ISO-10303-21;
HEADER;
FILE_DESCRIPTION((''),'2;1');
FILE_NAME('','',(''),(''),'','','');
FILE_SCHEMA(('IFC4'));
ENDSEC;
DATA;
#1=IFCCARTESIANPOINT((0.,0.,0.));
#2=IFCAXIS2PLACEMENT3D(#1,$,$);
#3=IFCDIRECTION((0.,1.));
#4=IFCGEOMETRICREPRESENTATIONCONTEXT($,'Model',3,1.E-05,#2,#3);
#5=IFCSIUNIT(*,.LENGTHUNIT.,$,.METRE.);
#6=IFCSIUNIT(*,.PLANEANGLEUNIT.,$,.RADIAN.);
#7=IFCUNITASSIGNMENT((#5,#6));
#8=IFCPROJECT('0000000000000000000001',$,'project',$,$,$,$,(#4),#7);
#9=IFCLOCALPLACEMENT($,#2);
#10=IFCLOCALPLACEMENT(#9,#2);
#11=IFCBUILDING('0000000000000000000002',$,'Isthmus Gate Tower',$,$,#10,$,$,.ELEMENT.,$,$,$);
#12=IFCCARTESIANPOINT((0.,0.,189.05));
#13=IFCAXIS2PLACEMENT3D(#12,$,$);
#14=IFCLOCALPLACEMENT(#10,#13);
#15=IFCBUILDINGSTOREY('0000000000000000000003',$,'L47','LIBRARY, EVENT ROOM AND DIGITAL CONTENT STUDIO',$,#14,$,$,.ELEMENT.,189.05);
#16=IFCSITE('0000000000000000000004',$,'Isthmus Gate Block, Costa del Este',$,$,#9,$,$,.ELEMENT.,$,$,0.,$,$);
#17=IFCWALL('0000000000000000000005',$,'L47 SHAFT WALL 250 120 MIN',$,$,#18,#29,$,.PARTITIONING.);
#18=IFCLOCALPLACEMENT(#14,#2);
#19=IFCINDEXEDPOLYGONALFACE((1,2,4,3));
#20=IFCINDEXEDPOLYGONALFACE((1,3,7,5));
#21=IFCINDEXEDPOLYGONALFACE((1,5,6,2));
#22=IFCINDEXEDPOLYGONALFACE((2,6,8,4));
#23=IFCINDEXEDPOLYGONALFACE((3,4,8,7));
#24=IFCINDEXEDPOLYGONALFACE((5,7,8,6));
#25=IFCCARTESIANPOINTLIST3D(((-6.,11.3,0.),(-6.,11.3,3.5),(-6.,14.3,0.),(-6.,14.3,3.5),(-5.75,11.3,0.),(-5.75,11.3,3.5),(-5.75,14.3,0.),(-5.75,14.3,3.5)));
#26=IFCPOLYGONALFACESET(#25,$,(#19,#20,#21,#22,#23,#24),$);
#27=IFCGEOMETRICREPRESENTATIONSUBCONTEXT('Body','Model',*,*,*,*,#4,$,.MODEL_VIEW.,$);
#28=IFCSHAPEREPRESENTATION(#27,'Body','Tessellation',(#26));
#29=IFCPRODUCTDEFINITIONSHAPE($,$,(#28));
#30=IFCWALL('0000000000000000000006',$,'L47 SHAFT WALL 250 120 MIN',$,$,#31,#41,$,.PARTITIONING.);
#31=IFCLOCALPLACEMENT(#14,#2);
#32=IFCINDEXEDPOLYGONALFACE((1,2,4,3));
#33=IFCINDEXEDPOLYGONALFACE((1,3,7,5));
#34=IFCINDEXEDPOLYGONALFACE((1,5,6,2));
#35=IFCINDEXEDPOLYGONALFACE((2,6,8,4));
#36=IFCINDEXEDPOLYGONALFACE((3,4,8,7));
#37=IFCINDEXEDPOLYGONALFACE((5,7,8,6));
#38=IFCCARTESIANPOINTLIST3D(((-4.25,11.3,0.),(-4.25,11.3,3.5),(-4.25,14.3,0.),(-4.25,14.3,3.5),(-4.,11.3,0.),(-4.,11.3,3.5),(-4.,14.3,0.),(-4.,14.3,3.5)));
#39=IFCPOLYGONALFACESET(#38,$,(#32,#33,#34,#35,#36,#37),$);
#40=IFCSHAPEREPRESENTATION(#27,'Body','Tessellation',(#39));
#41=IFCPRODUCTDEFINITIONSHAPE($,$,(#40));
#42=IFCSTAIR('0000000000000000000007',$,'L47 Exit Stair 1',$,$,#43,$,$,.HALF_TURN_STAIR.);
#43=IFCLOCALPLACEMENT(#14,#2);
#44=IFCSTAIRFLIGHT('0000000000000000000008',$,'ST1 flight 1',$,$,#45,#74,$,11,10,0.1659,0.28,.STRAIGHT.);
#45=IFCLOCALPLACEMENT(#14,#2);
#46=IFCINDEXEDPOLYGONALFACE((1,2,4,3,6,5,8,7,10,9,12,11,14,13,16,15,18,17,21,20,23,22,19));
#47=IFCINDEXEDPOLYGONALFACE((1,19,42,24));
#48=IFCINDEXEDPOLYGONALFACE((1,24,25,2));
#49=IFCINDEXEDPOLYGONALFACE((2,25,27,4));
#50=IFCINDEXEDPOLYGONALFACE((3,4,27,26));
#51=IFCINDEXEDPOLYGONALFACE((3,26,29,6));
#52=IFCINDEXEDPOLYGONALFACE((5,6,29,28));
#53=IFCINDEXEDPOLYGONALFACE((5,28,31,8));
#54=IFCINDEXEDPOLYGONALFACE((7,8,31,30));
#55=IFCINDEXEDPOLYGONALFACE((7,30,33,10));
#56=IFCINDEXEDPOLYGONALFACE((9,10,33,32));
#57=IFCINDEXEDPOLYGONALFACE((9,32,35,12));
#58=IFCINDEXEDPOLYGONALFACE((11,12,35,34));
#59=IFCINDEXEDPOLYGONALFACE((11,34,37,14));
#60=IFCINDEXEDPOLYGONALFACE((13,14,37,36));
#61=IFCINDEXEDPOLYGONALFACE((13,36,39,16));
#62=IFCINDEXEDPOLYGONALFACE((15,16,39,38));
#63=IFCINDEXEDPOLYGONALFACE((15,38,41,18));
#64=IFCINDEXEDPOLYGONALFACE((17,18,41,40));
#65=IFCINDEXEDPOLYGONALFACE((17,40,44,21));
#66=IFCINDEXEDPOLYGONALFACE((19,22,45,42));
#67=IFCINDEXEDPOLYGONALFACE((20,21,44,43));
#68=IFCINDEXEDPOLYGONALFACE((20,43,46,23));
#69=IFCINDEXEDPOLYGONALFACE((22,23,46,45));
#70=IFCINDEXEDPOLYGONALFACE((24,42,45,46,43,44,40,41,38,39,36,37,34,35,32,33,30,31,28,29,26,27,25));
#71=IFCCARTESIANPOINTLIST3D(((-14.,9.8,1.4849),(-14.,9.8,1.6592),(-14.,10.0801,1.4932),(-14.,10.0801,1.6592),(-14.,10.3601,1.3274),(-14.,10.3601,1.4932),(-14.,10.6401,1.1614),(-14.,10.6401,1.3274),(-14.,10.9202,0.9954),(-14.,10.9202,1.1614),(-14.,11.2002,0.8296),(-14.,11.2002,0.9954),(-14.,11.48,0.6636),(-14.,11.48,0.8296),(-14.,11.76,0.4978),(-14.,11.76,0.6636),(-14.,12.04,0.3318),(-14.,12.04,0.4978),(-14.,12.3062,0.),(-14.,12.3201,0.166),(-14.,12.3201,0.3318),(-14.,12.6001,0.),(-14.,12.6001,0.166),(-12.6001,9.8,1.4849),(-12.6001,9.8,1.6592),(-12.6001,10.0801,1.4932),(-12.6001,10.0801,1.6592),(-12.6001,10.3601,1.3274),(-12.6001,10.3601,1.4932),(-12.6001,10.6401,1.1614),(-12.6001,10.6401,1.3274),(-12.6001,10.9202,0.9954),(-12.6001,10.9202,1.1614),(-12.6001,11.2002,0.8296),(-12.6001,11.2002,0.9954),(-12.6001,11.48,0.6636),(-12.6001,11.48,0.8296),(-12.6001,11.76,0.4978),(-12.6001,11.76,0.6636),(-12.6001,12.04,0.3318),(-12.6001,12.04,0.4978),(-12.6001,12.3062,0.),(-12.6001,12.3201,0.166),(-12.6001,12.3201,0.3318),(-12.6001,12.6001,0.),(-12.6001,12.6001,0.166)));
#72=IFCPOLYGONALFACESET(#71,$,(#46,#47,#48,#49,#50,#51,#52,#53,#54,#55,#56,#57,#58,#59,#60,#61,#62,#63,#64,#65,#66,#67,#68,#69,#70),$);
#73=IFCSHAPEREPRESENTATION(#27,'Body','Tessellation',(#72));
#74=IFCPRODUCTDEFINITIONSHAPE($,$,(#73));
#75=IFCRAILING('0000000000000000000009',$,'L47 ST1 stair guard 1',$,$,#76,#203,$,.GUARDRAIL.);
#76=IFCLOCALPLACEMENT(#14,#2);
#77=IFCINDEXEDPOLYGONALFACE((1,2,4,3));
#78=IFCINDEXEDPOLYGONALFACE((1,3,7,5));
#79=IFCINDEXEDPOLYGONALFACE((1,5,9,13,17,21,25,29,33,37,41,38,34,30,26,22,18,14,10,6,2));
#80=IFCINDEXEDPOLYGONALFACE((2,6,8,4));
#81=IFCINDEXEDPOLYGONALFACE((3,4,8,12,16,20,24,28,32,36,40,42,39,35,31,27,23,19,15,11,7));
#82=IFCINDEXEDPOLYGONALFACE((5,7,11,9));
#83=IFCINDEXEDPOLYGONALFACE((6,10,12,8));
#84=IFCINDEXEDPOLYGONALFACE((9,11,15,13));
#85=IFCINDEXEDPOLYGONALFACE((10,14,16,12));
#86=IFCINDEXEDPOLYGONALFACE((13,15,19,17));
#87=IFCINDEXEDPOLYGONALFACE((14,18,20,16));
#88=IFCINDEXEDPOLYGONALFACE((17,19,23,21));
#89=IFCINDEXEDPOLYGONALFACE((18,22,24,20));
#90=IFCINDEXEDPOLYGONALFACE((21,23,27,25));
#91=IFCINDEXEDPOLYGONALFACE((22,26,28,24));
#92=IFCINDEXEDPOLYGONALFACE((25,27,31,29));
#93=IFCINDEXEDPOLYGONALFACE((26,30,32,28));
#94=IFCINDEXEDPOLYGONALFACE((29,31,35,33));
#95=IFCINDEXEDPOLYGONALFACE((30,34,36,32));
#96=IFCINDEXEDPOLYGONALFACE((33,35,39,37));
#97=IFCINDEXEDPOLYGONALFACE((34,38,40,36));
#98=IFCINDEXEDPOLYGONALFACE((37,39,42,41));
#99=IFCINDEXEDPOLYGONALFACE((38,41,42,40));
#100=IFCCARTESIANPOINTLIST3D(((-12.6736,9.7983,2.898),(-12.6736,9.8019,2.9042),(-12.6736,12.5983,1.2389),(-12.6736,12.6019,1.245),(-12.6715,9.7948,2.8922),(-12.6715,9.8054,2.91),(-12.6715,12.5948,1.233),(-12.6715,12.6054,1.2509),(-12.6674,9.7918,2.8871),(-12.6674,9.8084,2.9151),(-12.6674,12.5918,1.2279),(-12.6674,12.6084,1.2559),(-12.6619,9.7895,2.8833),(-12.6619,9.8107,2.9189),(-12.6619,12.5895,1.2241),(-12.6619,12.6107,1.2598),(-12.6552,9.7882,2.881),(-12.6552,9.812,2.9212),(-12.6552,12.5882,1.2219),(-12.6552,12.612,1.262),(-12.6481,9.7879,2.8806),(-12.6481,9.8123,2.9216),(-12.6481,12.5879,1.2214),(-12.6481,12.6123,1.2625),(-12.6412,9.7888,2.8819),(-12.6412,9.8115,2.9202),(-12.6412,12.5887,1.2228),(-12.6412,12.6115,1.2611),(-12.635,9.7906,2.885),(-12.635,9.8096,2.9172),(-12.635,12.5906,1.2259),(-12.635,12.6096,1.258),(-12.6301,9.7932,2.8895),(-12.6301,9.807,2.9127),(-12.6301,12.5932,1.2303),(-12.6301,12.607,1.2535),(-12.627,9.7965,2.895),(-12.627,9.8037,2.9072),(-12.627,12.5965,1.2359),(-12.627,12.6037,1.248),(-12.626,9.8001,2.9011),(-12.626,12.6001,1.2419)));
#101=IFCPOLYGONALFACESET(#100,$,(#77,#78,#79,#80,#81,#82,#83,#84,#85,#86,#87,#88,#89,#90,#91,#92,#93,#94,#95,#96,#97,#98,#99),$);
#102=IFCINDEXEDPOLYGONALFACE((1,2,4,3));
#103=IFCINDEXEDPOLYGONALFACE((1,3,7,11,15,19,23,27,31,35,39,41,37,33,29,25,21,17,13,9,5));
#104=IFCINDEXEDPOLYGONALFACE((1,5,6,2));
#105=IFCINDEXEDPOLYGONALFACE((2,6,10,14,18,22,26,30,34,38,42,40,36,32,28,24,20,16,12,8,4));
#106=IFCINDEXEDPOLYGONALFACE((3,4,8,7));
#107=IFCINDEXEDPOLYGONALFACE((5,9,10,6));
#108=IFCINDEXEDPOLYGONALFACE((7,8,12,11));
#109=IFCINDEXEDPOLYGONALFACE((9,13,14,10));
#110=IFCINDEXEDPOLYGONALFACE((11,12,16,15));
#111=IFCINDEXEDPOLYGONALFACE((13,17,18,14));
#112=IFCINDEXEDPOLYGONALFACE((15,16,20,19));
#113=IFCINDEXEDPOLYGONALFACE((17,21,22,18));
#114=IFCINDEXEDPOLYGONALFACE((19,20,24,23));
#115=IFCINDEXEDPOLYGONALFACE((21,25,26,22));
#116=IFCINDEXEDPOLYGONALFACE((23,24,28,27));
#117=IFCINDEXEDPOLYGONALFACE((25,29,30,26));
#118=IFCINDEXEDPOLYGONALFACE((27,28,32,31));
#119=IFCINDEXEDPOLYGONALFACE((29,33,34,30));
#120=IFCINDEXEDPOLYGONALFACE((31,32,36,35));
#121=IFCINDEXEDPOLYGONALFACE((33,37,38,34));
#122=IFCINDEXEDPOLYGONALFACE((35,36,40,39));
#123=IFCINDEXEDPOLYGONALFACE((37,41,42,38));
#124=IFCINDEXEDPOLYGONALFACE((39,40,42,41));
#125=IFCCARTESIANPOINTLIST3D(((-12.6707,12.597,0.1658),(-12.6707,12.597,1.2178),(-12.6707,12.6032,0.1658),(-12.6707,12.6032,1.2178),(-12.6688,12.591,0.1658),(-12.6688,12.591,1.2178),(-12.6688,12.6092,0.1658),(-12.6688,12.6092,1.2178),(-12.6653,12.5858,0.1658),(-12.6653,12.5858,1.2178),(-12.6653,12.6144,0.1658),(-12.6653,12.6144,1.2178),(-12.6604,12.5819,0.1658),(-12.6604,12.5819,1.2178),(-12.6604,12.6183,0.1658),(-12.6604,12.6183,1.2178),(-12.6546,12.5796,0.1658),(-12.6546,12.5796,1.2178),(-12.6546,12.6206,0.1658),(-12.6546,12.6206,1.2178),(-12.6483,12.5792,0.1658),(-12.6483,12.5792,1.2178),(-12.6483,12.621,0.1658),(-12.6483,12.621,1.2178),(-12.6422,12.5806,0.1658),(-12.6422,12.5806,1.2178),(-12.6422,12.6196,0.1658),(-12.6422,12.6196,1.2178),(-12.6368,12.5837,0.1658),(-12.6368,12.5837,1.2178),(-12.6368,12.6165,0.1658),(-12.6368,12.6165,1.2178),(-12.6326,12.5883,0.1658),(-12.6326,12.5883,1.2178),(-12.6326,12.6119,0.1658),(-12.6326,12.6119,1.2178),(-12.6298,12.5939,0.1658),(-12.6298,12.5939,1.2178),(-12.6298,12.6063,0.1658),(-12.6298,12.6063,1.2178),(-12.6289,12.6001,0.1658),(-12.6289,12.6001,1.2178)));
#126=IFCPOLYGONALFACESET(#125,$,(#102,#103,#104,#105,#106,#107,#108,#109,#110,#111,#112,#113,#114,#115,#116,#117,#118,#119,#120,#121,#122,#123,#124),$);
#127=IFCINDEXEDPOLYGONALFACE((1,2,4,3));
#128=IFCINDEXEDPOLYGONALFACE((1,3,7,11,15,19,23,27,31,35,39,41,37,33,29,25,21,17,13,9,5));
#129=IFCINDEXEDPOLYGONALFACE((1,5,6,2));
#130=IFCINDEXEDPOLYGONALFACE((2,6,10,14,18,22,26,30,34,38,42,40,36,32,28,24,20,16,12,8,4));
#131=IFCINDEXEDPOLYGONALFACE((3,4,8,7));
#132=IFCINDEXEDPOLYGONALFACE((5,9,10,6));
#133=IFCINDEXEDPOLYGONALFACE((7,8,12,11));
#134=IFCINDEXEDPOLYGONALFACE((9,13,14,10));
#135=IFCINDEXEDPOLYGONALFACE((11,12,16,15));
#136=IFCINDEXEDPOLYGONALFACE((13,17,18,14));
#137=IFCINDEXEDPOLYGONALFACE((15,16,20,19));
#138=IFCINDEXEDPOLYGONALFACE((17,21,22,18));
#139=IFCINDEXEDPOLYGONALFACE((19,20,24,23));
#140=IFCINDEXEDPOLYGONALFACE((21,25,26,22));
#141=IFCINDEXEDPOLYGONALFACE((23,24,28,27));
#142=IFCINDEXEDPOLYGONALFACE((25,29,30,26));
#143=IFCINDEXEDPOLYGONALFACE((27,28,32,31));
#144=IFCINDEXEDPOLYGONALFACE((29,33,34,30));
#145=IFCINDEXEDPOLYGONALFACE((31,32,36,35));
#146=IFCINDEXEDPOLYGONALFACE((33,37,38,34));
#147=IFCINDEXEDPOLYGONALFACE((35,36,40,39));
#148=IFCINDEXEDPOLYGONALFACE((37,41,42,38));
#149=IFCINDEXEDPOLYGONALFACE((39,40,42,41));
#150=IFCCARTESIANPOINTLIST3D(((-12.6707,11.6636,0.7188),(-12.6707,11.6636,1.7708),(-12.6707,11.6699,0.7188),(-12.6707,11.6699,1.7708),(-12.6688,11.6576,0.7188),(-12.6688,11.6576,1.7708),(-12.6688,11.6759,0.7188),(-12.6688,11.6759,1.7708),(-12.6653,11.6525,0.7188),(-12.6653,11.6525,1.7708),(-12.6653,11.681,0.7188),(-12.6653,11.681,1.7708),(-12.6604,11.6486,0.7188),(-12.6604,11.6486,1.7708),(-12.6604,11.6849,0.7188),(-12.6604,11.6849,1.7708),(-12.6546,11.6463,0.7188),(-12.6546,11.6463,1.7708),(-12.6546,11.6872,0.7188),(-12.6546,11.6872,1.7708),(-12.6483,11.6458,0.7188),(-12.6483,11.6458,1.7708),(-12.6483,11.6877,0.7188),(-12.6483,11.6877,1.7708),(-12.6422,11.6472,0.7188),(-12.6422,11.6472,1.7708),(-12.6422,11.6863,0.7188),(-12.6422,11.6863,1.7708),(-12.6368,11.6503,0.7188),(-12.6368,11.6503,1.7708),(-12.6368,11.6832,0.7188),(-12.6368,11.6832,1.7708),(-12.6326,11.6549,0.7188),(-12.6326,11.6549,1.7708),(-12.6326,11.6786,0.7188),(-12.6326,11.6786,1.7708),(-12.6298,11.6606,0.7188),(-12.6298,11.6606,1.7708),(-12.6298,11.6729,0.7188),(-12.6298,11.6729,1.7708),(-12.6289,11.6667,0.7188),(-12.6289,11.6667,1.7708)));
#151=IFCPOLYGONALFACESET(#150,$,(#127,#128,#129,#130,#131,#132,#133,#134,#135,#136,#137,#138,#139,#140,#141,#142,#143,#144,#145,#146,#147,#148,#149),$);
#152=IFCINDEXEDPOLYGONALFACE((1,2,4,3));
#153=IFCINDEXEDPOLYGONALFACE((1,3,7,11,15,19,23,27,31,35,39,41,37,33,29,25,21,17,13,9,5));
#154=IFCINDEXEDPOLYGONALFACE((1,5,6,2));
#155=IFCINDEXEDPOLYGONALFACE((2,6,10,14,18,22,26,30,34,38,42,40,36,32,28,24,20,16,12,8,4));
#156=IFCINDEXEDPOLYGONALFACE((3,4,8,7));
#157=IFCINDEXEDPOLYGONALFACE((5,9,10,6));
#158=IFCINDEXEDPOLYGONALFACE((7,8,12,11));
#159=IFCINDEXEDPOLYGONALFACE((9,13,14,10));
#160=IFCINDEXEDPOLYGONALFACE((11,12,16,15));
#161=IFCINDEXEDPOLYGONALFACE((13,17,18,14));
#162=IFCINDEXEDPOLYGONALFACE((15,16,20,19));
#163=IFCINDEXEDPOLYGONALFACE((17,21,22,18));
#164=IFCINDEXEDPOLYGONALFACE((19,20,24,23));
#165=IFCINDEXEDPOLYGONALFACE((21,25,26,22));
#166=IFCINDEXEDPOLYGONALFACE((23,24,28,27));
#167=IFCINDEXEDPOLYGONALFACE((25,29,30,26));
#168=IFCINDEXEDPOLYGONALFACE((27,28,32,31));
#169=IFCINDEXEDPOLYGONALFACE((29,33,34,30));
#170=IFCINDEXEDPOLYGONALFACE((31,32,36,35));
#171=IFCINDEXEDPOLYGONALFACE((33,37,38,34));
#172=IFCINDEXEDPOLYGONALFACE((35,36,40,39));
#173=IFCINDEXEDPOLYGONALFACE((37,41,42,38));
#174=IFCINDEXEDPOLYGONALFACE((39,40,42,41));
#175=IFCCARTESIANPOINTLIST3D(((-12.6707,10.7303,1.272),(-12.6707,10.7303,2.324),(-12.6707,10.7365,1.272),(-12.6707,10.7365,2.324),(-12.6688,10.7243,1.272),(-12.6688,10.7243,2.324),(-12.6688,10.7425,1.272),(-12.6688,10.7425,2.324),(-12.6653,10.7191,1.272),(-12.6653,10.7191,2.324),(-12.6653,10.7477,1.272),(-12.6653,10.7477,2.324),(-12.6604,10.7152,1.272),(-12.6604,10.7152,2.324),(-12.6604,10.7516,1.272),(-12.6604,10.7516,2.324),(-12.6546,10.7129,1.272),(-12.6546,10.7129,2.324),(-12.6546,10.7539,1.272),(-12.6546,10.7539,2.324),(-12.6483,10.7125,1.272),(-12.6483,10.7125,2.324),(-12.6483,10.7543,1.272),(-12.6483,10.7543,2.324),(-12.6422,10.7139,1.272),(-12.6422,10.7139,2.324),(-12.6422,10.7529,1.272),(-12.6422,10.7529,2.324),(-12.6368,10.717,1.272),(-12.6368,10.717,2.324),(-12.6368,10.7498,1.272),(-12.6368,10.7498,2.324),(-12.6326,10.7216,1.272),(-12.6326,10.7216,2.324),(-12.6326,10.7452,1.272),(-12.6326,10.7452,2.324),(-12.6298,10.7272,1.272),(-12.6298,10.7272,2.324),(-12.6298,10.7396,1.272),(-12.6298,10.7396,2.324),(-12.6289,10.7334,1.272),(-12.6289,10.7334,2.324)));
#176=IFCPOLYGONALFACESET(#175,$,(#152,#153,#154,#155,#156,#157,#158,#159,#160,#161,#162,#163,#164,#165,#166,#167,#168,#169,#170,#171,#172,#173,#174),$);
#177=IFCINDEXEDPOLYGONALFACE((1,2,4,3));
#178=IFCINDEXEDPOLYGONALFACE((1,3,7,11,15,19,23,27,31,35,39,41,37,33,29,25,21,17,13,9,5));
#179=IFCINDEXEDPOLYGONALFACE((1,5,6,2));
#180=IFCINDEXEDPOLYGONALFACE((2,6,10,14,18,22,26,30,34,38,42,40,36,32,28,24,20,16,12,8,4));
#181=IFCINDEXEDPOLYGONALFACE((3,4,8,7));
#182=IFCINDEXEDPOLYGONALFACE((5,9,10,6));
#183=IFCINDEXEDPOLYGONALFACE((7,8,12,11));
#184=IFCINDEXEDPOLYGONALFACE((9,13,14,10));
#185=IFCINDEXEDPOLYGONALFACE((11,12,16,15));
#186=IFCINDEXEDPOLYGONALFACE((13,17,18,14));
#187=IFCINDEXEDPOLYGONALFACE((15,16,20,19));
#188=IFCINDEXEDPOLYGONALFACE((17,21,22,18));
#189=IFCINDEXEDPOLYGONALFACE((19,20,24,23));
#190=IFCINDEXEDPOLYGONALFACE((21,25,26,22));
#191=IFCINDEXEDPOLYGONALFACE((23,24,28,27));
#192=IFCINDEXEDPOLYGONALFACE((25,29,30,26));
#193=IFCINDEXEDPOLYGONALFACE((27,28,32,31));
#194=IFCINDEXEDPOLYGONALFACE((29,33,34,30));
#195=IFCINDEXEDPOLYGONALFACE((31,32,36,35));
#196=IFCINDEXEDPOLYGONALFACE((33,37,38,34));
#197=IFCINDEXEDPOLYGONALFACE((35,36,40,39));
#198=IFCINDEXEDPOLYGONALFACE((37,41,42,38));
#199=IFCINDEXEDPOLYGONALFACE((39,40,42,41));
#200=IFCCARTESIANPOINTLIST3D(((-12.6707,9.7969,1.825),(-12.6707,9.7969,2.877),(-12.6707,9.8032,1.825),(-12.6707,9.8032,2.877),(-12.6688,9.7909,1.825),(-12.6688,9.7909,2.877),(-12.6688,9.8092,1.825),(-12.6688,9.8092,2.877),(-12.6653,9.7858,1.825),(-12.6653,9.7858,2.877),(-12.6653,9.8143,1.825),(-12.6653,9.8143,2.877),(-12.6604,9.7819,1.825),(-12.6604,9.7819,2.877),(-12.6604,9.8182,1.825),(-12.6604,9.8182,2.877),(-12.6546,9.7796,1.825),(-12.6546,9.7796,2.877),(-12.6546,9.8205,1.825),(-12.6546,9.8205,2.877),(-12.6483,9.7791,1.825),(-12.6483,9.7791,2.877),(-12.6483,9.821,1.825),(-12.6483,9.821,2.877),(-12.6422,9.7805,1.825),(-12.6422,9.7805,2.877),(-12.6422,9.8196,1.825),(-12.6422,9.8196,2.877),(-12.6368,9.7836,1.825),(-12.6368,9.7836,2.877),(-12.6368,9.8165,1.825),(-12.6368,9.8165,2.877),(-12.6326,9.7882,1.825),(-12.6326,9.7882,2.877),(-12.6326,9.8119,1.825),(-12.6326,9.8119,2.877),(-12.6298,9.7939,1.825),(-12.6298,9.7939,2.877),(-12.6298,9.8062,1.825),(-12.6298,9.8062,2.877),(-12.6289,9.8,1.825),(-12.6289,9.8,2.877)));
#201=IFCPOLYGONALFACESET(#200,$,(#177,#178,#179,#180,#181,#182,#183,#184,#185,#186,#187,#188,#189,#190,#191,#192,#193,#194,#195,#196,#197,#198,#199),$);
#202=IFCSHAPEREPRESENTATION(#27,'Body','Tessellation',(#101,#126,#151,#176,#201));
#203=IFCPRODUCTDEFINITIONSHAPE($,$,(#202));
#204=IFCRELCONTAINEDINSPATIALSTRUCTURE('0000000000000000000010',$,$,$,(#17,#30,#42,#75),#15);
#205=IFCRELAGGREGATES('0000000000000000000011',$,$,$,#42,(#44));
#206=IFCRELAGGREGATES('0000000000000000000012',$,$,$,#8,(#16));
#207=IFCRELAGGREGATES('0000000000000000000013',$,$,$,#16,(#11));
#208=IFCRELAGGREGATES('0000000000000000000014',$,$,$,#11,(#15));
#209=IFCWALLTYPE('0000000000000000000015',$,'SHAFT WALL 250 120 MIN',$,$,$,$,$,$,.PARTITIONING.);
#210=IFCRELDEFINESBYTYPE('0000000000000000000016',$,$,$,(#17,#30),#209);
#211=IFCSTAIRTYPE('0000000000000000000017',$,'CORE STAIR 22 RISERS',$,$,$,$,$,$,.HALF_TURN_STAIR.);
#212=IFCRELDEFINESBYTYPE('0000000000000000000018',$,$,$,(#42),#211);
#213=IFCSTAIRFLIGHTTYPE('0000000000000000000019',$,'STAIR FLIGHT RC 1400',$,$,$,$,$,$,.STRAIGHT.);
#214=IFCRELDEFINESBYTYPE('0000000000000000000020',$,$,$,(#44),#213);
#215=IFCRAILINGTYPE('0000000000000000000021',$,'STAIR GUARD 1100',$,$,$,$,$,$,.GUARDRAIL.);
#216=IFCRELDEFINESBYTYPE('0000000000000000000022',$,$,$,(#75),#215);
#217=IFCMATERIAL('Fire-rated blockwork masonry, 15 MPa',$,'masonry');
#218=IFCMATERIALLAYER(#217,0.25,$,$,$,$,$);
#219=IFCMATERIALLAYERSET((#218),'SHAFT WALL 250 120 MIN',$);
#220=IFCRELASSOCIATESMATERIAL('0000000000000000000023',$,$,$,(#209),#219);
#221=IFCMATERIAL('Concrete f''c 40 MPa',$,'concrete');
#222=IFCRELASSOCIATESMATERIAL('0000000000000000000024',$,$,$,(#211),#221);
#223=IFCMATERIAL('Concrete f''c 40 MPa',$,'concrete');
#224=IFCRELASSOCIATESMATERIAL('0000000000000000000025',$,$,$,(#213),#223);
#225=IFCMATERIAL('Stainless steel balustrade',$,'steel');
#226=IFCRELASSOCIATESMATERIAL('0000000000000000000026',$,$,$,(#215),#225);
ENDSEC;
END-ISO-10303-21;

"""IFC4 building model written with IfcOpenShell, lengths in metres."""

from ifc_helpers import new_model, si_unit, direction, frame, frame_2d, origin, origin_2d, place, context, subcontext, project, spatial, polyline, rectangle, circle, outline, extrude, material, layer, layer_set, type_object, element, aggregate, save


model = new_model("IFC4")

# Units and contexts
model_context = context("Model", 3, precision=1e-05, world=origin(), true_north=direction((0.0, 1.0)))
body_context = subcontext(model_context, "Body", "Model", "MODEL_VIEW")
ifc_project = project(units=[si_unit("LENGTHUNIT", "METRE"), si_unit("PLANEANGLEUNIT", "RADIAN")], contexts=[model_context])

# Site, building, storey
site_placement = place(None, origin())
site = spatial("IfcSite", under=ifc_project, at=site_placement, Name="Isthmus Gate Block, Costa del Este", CompositionType="ELEMENT", RefElevation=0.0)
building_placement = place(site_placement, origin())
building = spatial("IfcBuilding", under=site, at=building_placement, Name="Isthmus Gate Tower", CompositionType="ELEMENT")
storey_placement = place(building_placement, frame((0.0, 0.0, 189.05)))
storey = spatial("IfcBuildingStorey", under=building, at=storey_placement, Name="L47", Description="LIBRARY, EVENT ROOM AND DIGITAL CONTENT STUDIO", CompositionType="ELEMENT", Elevation=189.05)

# Walls
ifc_material_1 = material(Name="Fire-rated blockwork masonry, 15 MPa", Category="masonry")
ifc_layer_1 = layer(ifc_material_1, 0.25)
ifc_layer_set_1 = layer_set([ifc_layer_1], Name="SHAFT WALL 250 120 MIN")
wall_type_1 = type_object("IfcWallType", Name="SHAFT WALL 250 120 MIN", PredefinedType="PARTITIONING", material=ifc_layer_set_1)
for number, where, z_axis, x_axis, name in (
    (1, (-5.875, 11.3, 0.0), (0.0, 0.0, 1.0), (0.0, 1.0, 0.0), "L47 SHAFT WALL 250 120 MIN"),
    (2, (-4.125, 11.3, 0.0), (0.0, 0.0, 1.0), (0.0, 1.0, 0.0), "L47 SHAFT WALL 250 120 MIN"),
):
    element("IfcWall", number, at=place(storey_placement, frame(where, z_axis=z_axis, x_axis=x_axis)), inside=storey, type_object=wall_type_1, Name=name, PredefinedType="PARTITIONING", context=body_context, shape_type="SweptSolid", body=[
        extrude(rectangle(XDim=3.0, YDim=0.25, at=frame_2d((1.5, 0.0))), origin(), (0.0, 0.0, 1.0), 3.5),
    ])

# Stair, stair flight
ifc_material_2 = material(Name="Concrete f'c 40 MPa", Category="concrete")
stair_type = type_object("IfcStairType", Name="CORE STAIR 22 RISERS", PredefinedType="HALF_TURN_STAIR", material=ifc_material_2)
stair_placement = place(storey_placement, origin())
stair = element("IfcStair", 3, at=stair_placement, inside=storey, type_object=stair_type, Name="L47 Exit Stair 1", PredefinedType="HALF_TURN_STAIR")
ifc_material_3 = material(Name="Concrete f'c 40 MPa", Category="concrete")
stair_flight_type = type_object("IfcStairFlightType", Name="STAIR FLIGHT RC 1400", PredefinedType="STRAIGHT", material=ifc_material_3)
stair_flight_placement = place(storey_placement, frame((-13.3, 12.6001, 0.0), z_axis=(0.0, 0.0, 1.0), x_axis=(0.0, -1.0, 0.0)))
stair_flight = element("IfcStairFlight", 4, at=stair_flight_placement, type_object=stair_flight_type, Name="ST1 flight 1", NumberOfRisers=11, NumberOfTreads=10, PredefinedType="STRAIGHT", RiserHeight=0.1659, TreadLength=0.28, context=body_context, shape_type="SweptSolid", body=[
    extrude(outline(polyline([(0.0, 0.0), (0.0, 0.166), (0.28, 0.166), (0.28, 0.3318), (0.5601, 0.3318), (0.5601, 0.4978), (0.8401, 0.4978), (0.8401, 0.6636), (1.1201, 0.6636), (1.1201, 0.8296), (1.3999, 0.8296), (1.3999, 0.9954), (1.6799, 0.9954), (1.6799, 1.1614), (1.96, 1.1614), (1.96, 1.3274), (2.24, 1.3274), (2.24, 1.4932), (2.52, 1.4932), (2.52, 1.6592), (2.8, 1.6592), (2.8, 1.825), (2.8, 1.4849), (0.2939, 0.0), (0.0, 0.0)])), frame((0.0, 0.7, 0.0), z_axis=(0.0, -1.0, 0.0), x_axis=(1.0, 0.0, 0.0)), (0.0, 0.0, 1.0), 1.3999),
])
aggregate(stair, [stair_flight])

# Railing
ifc_material_4 = material(Name="Stainless steel balustrade", Category="steel")
railing_type_1 = type_object("IfcRailingType", Name="STAIR GUARD 1100", PredefinedType="GUARDRAIL", material=ifc_material_4)
railing_1_placement = place(storey_placement, frame((-12.6499, 12.6001, 0.1658)))
element("IfcRailing", 5, at=railing_1_placement, inside=storey, type_object=railing_type_1, Name="L47 ST1 stair guard 1", PredefinedType="GUARDRAIL", context=body_context, shape_type="SweptSolid", body=[
    extrude(circle(Radius=0.0239, at=origin_2d()), frame((0.0, 0.0, 1.0762), z_axis=(0.0, -0.860306, 0.509778), x_axis=(1.0, 0.0, 0.0)), (0.0, 0.0, 1.0), 3.2546),
    extrude(circle(Radius=0.021, at=origin_2d()), origin(), (0.0, 0.0, 1.0), 1.052),
    extrude(circle(Radius=0.021, at=origin_2d()), frame((0.0, -0.9333, 0.553)), (0.0, 0.0, 1.0), 1.052),
    extrude(circle(Radius=0.021, at=origin_2d()), frame((0.0, -1.8667, 1.1062)), (0.0, 0.0, 1.0), 1.052),
    extrude(circle(Radius=0.021, at=origin_2d()), frame((0.0, -2.8, 1.6592)), (0.0, 0.0, 1.0), 1.052),
])

save(model, "model.ifc")
